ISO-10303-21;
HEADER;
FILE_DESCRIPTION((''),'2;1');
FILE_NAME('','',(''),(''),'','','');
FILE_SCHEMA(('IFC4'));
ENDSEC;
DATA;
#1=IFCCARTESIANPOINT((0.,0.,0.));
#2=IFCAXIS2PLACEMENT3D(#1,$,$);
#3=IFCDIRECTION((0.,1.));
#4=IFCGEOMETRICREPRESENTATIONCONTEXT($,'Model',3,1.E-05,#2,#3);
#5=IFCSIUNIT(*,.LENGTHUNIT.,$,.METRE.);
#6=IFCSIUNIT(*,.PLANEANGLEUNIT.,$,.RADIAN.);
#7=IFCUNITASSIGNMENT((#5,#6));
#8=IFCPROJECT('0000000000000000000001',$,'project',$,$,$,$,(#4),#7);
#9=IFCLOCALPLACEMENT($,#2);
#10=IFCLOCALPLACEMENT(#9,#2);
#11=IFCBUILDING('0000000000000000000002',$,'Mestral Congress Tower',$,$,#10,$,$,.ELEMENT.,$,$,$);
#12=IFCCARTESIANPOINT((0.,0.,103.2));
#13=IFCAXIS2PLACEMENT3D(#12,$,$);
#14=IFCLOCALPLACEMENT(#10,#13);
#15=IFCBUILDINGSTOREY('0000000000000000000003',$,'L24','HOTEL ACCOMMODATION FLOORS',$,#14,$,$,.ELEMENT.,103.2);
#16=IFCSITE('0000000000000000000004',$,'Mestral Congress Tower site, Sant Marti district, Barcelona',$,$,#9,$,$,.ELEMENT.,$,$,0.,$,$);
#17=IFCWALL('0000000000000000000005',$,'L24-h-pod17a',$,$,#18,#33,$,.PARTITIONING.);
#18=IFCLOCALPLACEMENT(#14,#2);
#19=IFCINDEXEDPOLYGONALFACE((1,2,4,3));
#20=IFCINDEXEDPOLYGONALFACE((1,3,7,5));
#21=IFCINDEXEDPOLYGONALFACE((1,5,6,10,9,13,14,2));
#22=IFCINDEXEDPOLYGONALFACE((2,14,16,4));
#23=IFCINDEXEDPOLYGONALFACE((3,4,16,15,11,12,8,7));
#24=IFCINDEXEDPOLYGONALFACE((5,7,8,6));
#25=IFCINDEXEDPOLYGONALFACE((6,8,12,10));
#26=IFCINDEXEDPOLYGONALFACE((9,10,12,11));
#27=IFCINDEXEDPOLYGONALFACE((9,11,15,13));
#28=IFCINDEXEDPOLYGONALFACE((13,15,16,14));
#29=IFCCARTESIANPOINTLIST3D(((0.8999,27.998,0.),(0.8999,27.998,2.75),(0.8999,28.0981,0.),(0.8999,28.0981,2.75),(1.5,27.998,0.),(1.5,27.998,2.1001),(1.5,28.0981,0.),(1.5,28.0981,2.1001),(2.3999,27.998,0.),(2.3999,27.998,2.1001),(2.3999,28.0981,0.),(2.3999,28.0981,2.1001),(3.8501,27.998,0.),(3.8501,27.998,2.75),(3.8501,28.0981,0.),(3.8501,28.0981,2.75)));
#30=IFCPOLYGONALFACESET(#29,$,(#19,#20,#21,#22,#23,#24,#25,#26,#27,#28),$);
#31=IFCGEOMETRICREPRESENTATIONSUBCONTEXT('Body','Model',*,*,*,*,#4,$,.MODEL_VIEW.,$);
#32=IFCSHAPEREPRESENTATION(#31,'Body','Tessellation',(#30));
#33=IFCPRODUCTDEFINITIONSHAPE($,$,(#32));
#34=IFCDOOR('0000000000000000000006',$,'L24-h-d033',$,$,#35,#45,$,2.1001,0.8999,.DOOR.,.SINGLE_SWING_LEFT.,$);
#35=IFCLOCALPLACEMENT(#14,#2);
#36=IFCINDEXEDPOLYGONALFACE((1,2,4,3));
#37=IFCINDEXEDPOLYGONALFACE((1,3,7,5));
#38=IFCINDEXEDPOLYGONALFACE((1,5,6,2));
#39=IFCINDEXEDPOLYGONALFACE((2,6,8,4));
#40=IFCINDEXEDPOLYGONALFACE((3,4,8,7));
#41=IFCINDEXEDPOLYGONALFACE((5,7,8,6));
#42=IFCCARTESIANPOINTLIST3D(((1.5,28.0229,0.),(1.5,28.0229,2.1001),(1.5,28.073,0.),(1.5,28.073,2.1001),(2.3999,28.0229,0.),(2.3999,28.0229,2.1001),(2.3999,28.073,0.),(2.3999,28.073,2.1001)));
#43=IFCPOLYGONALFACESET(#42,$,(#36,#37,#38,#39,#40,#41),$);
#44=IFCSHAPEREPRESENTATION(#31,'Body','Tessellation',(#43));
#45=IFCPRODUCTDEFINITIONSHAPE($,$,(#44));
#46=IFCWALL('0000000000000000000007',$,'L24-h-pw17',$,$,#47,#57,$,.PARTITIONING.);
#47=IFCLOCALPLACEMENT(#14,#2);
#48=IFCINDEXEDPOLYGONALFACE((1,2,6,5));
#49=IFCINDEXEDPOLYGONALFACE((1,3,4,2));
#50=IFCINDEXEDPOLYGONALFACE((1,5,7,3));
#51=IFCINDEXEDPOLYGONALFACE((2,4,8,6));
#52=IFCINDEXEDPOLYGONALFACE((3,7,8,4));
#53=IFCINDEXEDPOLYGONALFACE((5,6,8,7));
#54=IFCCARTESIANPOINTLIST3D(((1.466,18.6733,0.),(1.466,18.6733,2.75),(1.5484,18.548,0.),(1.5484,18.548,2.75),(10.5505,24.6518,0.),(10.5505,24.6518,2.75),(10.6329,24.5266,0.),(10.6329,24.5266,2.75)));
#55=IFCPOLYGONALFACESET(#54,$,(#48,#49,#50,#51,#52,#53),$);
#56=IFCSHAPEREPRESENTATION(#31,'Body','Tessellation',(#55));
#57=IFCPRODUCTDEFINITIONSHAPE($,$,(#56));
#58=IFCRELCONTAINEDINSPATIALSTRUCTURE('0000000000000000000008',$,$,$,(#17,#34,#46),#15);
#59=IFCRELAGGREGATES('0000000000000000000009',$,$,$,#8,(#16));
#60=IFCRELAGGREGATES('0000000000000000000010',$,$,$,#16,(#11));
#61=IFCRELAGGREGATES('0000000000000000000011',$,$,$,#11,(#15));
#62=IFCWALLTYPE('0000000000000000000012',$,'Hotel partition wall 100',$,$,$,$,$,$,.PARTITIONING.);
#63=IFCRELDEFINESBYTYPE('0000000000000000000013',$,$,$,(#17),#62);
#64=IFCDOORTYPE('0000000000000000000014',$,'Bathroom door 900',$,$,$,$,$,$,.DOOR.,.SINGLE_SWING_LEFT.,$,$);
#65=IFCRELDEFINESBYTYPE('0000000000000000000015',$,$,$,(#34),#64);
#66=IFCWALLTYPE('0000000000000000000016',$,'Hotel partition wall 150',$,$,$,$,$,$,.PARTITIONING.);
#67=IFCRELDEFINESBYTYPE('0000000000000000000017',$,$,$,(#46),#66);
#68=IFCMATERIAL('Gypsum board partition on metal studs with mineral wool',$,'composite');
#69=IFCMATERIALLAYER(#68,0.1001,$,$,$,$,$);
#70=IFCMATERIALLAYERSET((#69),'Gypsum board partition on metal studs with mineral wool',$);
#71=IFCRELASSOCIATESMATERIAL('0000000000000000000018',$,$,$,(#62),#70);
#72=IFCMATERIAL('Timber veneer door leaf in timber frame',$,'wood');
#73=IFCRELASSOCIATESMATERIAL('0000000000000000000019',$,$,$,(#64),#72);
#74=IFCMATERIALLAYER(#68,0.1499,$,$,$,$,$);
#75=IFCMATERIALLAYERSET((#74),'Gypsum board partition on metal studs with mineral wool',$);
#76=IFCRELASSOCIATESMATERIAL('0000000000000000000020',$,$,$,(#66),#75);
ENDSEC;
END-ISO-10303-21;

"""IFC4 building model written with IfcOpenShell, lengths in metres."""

from ifc_helpers import new_model, si_unit, direction, frame, frame_2d, origin, place, context, subcontext, project, spatial, rectangle, extrude, material, layer, layer_set, type_object, element, fill, save


model = new_model("IFC4")

# Units and contexts
model_context = context("Model", 3, precision=1e-05, world=origin(), true_north=direction((0.0, 1.0)))
body_context = subcontext(model_context, "Body", "Model", "MODEL_VIEW")
ifc_project = project(units=[si_unit("LENGTHUNIT", "METRE"), si_unit("PLANEANGLEUNIT", "RADIAN")], contexts=[model_context])

# Site, building, storey
site_placement = place(None, origin())
site = spatial("IfcSite", under=ifc_project, at=site_placement, Name="Mestral Congress Tower site, Sant Marti district, Barcelona", CompositionType="ELEMENT", RefElevation=0.0)
building_placement = place(site_placement, origin())
building = spatial("IfcBuilding", under=site, at=building_placement, Name="Mestral Congress Tower", CompositionType="ELEMENT")
storey_placement = place(building_placement, frame((0.0, 0.0, 103.2)))
storey = spatial("IfcBuildingStorey", under=building, at=storey_placement, Name="L24", Description="HOTEL ACCOMMODATION FLOORS", CompositionType="ELEMENT", Elevation=103.2)

# Shared definitions
ifc_material_1 = material(Name="Gypsum board partition on metal studs with mineral wool", Category="composite")
ifc_layer_1 = layer(ifc_material_1, 0.1001)
ifc_layer_set_1 = layer_set([ifc_layer_1], Name="Gypsum board partition on metal studs with mineral wool")
wall_type_1 = type_object("IfcWallType", Name="Hotel partition wall 100", PredefinedType="PARTITIONING", material=ifc_layer_set_1)
ifc_material_2 = material(Name="Timber veneer door leaf in timber frame", Category="wood")
door_type = type_object("IfcDoorType", Name="Bathroom door 900", OperationType="SINGLE_SWING_LEFT", PredefinedType="DOOR", material=ifc_material_2)

# Wall, opening, door
wall_1_placement = place(storey_placement, frame((0.8999, 28.0481, 0.0), z_axis=(0.0, 0.0, 1.0), x_axis=(1.0, 0.0, 0.0)))
wall_1 = element("IfcWall", 1, at=wall_1_placement, inside=storey, type_object=wall_type_1, Name="L24-h-pod17a", PredefinedType="PARTITIONING", context=body_context, shape_type="SweptSolid", body=[
    extrude(rectangle(XDim=2.9502, YDim=0.1001, at=frame_2d((1.4751, 0.0))), origin(), (0.0, 0.0, 1.0), 2.75),
])
opening_1_placement = place(wall_1_placement, frame((0.6001, 0.0, 0.0)))
opening_1 = element("IfcOpeningElement", 2, at=opening_1_placement, cuts=wall_1, PredefinedType="OPENING", context=body_context, shape_type="SweptSolid", body=[
    extrude(rectangle(XDim=0.8999, YDim=2.1001, at=frame_2d((0.45, 1.05))), frame((0.0, 0.0601, 0.0), z_axis=(0.0, -1.0, 0.0), x_axis=(1.0, 0.0, 0.0)), (0.0, 0.0, 1.0), 0.1201),
])
door_1_placement = place(opening_1_placement, origin())
door_1 = element("IfcDoor", 3, at=door_1_placement, inside=storey, type_object=door_type, Name="L24-h-d033", OperationType="SINGLE_SWING_LEFT", OverallHeight=2.1001, OverallWidth=0.8999, PredefinedType="DOOR", context=body_context, shape_type="SweptSolid", body=[
    extrude(rectangle(XDim=0.8999, YDim=2.1001, at=frame_2d((0.45, 1.05))), frame((0.0, 0.0249, 0.0), z_axis=(0.0, -1.0, 0.0), x_axis=(1.0, 0.0, 0.0)), (0.0, 0.0, 1.0), 0.05),
])
fill(opening_1, door_1)

# Wall
ifc_layer_2 = layer(ifc_material_1, 0.1499)
ifc_layer_set_2 = layer_set([ifc_layer_2], Name="Gypsum board partition on metal studs with mineral wool")
wall_type_2 = type_object("IfcWallType", Name="Hotel partition wall 150", PredefinedType="PARTITIONING", material=ifc_layer_set_2)
wall_2_placement = place(storey_placement, frame((10.5916, 24.5891, 0.0), z_axis=(0.0, 0.0, 1.0), x_axis=(-0.835337, -0.549738, 0.0)))
element("IfcWall", 4, at=wall_2_placement, inside=storey, type_object=wall_type_2, Name="L24-h-pw17", PredefinedType="PARTITIONING", context=body_context, shape_type="SweptSolid", body=[
    extrude(rectangle(XDim=10.8752, YDim=0.1499, at=frame_2d((5.4375, 0.0))), origin(), (0.0, 0.0, 1.0), 2.75),
])

save(model, "model.ifc")
